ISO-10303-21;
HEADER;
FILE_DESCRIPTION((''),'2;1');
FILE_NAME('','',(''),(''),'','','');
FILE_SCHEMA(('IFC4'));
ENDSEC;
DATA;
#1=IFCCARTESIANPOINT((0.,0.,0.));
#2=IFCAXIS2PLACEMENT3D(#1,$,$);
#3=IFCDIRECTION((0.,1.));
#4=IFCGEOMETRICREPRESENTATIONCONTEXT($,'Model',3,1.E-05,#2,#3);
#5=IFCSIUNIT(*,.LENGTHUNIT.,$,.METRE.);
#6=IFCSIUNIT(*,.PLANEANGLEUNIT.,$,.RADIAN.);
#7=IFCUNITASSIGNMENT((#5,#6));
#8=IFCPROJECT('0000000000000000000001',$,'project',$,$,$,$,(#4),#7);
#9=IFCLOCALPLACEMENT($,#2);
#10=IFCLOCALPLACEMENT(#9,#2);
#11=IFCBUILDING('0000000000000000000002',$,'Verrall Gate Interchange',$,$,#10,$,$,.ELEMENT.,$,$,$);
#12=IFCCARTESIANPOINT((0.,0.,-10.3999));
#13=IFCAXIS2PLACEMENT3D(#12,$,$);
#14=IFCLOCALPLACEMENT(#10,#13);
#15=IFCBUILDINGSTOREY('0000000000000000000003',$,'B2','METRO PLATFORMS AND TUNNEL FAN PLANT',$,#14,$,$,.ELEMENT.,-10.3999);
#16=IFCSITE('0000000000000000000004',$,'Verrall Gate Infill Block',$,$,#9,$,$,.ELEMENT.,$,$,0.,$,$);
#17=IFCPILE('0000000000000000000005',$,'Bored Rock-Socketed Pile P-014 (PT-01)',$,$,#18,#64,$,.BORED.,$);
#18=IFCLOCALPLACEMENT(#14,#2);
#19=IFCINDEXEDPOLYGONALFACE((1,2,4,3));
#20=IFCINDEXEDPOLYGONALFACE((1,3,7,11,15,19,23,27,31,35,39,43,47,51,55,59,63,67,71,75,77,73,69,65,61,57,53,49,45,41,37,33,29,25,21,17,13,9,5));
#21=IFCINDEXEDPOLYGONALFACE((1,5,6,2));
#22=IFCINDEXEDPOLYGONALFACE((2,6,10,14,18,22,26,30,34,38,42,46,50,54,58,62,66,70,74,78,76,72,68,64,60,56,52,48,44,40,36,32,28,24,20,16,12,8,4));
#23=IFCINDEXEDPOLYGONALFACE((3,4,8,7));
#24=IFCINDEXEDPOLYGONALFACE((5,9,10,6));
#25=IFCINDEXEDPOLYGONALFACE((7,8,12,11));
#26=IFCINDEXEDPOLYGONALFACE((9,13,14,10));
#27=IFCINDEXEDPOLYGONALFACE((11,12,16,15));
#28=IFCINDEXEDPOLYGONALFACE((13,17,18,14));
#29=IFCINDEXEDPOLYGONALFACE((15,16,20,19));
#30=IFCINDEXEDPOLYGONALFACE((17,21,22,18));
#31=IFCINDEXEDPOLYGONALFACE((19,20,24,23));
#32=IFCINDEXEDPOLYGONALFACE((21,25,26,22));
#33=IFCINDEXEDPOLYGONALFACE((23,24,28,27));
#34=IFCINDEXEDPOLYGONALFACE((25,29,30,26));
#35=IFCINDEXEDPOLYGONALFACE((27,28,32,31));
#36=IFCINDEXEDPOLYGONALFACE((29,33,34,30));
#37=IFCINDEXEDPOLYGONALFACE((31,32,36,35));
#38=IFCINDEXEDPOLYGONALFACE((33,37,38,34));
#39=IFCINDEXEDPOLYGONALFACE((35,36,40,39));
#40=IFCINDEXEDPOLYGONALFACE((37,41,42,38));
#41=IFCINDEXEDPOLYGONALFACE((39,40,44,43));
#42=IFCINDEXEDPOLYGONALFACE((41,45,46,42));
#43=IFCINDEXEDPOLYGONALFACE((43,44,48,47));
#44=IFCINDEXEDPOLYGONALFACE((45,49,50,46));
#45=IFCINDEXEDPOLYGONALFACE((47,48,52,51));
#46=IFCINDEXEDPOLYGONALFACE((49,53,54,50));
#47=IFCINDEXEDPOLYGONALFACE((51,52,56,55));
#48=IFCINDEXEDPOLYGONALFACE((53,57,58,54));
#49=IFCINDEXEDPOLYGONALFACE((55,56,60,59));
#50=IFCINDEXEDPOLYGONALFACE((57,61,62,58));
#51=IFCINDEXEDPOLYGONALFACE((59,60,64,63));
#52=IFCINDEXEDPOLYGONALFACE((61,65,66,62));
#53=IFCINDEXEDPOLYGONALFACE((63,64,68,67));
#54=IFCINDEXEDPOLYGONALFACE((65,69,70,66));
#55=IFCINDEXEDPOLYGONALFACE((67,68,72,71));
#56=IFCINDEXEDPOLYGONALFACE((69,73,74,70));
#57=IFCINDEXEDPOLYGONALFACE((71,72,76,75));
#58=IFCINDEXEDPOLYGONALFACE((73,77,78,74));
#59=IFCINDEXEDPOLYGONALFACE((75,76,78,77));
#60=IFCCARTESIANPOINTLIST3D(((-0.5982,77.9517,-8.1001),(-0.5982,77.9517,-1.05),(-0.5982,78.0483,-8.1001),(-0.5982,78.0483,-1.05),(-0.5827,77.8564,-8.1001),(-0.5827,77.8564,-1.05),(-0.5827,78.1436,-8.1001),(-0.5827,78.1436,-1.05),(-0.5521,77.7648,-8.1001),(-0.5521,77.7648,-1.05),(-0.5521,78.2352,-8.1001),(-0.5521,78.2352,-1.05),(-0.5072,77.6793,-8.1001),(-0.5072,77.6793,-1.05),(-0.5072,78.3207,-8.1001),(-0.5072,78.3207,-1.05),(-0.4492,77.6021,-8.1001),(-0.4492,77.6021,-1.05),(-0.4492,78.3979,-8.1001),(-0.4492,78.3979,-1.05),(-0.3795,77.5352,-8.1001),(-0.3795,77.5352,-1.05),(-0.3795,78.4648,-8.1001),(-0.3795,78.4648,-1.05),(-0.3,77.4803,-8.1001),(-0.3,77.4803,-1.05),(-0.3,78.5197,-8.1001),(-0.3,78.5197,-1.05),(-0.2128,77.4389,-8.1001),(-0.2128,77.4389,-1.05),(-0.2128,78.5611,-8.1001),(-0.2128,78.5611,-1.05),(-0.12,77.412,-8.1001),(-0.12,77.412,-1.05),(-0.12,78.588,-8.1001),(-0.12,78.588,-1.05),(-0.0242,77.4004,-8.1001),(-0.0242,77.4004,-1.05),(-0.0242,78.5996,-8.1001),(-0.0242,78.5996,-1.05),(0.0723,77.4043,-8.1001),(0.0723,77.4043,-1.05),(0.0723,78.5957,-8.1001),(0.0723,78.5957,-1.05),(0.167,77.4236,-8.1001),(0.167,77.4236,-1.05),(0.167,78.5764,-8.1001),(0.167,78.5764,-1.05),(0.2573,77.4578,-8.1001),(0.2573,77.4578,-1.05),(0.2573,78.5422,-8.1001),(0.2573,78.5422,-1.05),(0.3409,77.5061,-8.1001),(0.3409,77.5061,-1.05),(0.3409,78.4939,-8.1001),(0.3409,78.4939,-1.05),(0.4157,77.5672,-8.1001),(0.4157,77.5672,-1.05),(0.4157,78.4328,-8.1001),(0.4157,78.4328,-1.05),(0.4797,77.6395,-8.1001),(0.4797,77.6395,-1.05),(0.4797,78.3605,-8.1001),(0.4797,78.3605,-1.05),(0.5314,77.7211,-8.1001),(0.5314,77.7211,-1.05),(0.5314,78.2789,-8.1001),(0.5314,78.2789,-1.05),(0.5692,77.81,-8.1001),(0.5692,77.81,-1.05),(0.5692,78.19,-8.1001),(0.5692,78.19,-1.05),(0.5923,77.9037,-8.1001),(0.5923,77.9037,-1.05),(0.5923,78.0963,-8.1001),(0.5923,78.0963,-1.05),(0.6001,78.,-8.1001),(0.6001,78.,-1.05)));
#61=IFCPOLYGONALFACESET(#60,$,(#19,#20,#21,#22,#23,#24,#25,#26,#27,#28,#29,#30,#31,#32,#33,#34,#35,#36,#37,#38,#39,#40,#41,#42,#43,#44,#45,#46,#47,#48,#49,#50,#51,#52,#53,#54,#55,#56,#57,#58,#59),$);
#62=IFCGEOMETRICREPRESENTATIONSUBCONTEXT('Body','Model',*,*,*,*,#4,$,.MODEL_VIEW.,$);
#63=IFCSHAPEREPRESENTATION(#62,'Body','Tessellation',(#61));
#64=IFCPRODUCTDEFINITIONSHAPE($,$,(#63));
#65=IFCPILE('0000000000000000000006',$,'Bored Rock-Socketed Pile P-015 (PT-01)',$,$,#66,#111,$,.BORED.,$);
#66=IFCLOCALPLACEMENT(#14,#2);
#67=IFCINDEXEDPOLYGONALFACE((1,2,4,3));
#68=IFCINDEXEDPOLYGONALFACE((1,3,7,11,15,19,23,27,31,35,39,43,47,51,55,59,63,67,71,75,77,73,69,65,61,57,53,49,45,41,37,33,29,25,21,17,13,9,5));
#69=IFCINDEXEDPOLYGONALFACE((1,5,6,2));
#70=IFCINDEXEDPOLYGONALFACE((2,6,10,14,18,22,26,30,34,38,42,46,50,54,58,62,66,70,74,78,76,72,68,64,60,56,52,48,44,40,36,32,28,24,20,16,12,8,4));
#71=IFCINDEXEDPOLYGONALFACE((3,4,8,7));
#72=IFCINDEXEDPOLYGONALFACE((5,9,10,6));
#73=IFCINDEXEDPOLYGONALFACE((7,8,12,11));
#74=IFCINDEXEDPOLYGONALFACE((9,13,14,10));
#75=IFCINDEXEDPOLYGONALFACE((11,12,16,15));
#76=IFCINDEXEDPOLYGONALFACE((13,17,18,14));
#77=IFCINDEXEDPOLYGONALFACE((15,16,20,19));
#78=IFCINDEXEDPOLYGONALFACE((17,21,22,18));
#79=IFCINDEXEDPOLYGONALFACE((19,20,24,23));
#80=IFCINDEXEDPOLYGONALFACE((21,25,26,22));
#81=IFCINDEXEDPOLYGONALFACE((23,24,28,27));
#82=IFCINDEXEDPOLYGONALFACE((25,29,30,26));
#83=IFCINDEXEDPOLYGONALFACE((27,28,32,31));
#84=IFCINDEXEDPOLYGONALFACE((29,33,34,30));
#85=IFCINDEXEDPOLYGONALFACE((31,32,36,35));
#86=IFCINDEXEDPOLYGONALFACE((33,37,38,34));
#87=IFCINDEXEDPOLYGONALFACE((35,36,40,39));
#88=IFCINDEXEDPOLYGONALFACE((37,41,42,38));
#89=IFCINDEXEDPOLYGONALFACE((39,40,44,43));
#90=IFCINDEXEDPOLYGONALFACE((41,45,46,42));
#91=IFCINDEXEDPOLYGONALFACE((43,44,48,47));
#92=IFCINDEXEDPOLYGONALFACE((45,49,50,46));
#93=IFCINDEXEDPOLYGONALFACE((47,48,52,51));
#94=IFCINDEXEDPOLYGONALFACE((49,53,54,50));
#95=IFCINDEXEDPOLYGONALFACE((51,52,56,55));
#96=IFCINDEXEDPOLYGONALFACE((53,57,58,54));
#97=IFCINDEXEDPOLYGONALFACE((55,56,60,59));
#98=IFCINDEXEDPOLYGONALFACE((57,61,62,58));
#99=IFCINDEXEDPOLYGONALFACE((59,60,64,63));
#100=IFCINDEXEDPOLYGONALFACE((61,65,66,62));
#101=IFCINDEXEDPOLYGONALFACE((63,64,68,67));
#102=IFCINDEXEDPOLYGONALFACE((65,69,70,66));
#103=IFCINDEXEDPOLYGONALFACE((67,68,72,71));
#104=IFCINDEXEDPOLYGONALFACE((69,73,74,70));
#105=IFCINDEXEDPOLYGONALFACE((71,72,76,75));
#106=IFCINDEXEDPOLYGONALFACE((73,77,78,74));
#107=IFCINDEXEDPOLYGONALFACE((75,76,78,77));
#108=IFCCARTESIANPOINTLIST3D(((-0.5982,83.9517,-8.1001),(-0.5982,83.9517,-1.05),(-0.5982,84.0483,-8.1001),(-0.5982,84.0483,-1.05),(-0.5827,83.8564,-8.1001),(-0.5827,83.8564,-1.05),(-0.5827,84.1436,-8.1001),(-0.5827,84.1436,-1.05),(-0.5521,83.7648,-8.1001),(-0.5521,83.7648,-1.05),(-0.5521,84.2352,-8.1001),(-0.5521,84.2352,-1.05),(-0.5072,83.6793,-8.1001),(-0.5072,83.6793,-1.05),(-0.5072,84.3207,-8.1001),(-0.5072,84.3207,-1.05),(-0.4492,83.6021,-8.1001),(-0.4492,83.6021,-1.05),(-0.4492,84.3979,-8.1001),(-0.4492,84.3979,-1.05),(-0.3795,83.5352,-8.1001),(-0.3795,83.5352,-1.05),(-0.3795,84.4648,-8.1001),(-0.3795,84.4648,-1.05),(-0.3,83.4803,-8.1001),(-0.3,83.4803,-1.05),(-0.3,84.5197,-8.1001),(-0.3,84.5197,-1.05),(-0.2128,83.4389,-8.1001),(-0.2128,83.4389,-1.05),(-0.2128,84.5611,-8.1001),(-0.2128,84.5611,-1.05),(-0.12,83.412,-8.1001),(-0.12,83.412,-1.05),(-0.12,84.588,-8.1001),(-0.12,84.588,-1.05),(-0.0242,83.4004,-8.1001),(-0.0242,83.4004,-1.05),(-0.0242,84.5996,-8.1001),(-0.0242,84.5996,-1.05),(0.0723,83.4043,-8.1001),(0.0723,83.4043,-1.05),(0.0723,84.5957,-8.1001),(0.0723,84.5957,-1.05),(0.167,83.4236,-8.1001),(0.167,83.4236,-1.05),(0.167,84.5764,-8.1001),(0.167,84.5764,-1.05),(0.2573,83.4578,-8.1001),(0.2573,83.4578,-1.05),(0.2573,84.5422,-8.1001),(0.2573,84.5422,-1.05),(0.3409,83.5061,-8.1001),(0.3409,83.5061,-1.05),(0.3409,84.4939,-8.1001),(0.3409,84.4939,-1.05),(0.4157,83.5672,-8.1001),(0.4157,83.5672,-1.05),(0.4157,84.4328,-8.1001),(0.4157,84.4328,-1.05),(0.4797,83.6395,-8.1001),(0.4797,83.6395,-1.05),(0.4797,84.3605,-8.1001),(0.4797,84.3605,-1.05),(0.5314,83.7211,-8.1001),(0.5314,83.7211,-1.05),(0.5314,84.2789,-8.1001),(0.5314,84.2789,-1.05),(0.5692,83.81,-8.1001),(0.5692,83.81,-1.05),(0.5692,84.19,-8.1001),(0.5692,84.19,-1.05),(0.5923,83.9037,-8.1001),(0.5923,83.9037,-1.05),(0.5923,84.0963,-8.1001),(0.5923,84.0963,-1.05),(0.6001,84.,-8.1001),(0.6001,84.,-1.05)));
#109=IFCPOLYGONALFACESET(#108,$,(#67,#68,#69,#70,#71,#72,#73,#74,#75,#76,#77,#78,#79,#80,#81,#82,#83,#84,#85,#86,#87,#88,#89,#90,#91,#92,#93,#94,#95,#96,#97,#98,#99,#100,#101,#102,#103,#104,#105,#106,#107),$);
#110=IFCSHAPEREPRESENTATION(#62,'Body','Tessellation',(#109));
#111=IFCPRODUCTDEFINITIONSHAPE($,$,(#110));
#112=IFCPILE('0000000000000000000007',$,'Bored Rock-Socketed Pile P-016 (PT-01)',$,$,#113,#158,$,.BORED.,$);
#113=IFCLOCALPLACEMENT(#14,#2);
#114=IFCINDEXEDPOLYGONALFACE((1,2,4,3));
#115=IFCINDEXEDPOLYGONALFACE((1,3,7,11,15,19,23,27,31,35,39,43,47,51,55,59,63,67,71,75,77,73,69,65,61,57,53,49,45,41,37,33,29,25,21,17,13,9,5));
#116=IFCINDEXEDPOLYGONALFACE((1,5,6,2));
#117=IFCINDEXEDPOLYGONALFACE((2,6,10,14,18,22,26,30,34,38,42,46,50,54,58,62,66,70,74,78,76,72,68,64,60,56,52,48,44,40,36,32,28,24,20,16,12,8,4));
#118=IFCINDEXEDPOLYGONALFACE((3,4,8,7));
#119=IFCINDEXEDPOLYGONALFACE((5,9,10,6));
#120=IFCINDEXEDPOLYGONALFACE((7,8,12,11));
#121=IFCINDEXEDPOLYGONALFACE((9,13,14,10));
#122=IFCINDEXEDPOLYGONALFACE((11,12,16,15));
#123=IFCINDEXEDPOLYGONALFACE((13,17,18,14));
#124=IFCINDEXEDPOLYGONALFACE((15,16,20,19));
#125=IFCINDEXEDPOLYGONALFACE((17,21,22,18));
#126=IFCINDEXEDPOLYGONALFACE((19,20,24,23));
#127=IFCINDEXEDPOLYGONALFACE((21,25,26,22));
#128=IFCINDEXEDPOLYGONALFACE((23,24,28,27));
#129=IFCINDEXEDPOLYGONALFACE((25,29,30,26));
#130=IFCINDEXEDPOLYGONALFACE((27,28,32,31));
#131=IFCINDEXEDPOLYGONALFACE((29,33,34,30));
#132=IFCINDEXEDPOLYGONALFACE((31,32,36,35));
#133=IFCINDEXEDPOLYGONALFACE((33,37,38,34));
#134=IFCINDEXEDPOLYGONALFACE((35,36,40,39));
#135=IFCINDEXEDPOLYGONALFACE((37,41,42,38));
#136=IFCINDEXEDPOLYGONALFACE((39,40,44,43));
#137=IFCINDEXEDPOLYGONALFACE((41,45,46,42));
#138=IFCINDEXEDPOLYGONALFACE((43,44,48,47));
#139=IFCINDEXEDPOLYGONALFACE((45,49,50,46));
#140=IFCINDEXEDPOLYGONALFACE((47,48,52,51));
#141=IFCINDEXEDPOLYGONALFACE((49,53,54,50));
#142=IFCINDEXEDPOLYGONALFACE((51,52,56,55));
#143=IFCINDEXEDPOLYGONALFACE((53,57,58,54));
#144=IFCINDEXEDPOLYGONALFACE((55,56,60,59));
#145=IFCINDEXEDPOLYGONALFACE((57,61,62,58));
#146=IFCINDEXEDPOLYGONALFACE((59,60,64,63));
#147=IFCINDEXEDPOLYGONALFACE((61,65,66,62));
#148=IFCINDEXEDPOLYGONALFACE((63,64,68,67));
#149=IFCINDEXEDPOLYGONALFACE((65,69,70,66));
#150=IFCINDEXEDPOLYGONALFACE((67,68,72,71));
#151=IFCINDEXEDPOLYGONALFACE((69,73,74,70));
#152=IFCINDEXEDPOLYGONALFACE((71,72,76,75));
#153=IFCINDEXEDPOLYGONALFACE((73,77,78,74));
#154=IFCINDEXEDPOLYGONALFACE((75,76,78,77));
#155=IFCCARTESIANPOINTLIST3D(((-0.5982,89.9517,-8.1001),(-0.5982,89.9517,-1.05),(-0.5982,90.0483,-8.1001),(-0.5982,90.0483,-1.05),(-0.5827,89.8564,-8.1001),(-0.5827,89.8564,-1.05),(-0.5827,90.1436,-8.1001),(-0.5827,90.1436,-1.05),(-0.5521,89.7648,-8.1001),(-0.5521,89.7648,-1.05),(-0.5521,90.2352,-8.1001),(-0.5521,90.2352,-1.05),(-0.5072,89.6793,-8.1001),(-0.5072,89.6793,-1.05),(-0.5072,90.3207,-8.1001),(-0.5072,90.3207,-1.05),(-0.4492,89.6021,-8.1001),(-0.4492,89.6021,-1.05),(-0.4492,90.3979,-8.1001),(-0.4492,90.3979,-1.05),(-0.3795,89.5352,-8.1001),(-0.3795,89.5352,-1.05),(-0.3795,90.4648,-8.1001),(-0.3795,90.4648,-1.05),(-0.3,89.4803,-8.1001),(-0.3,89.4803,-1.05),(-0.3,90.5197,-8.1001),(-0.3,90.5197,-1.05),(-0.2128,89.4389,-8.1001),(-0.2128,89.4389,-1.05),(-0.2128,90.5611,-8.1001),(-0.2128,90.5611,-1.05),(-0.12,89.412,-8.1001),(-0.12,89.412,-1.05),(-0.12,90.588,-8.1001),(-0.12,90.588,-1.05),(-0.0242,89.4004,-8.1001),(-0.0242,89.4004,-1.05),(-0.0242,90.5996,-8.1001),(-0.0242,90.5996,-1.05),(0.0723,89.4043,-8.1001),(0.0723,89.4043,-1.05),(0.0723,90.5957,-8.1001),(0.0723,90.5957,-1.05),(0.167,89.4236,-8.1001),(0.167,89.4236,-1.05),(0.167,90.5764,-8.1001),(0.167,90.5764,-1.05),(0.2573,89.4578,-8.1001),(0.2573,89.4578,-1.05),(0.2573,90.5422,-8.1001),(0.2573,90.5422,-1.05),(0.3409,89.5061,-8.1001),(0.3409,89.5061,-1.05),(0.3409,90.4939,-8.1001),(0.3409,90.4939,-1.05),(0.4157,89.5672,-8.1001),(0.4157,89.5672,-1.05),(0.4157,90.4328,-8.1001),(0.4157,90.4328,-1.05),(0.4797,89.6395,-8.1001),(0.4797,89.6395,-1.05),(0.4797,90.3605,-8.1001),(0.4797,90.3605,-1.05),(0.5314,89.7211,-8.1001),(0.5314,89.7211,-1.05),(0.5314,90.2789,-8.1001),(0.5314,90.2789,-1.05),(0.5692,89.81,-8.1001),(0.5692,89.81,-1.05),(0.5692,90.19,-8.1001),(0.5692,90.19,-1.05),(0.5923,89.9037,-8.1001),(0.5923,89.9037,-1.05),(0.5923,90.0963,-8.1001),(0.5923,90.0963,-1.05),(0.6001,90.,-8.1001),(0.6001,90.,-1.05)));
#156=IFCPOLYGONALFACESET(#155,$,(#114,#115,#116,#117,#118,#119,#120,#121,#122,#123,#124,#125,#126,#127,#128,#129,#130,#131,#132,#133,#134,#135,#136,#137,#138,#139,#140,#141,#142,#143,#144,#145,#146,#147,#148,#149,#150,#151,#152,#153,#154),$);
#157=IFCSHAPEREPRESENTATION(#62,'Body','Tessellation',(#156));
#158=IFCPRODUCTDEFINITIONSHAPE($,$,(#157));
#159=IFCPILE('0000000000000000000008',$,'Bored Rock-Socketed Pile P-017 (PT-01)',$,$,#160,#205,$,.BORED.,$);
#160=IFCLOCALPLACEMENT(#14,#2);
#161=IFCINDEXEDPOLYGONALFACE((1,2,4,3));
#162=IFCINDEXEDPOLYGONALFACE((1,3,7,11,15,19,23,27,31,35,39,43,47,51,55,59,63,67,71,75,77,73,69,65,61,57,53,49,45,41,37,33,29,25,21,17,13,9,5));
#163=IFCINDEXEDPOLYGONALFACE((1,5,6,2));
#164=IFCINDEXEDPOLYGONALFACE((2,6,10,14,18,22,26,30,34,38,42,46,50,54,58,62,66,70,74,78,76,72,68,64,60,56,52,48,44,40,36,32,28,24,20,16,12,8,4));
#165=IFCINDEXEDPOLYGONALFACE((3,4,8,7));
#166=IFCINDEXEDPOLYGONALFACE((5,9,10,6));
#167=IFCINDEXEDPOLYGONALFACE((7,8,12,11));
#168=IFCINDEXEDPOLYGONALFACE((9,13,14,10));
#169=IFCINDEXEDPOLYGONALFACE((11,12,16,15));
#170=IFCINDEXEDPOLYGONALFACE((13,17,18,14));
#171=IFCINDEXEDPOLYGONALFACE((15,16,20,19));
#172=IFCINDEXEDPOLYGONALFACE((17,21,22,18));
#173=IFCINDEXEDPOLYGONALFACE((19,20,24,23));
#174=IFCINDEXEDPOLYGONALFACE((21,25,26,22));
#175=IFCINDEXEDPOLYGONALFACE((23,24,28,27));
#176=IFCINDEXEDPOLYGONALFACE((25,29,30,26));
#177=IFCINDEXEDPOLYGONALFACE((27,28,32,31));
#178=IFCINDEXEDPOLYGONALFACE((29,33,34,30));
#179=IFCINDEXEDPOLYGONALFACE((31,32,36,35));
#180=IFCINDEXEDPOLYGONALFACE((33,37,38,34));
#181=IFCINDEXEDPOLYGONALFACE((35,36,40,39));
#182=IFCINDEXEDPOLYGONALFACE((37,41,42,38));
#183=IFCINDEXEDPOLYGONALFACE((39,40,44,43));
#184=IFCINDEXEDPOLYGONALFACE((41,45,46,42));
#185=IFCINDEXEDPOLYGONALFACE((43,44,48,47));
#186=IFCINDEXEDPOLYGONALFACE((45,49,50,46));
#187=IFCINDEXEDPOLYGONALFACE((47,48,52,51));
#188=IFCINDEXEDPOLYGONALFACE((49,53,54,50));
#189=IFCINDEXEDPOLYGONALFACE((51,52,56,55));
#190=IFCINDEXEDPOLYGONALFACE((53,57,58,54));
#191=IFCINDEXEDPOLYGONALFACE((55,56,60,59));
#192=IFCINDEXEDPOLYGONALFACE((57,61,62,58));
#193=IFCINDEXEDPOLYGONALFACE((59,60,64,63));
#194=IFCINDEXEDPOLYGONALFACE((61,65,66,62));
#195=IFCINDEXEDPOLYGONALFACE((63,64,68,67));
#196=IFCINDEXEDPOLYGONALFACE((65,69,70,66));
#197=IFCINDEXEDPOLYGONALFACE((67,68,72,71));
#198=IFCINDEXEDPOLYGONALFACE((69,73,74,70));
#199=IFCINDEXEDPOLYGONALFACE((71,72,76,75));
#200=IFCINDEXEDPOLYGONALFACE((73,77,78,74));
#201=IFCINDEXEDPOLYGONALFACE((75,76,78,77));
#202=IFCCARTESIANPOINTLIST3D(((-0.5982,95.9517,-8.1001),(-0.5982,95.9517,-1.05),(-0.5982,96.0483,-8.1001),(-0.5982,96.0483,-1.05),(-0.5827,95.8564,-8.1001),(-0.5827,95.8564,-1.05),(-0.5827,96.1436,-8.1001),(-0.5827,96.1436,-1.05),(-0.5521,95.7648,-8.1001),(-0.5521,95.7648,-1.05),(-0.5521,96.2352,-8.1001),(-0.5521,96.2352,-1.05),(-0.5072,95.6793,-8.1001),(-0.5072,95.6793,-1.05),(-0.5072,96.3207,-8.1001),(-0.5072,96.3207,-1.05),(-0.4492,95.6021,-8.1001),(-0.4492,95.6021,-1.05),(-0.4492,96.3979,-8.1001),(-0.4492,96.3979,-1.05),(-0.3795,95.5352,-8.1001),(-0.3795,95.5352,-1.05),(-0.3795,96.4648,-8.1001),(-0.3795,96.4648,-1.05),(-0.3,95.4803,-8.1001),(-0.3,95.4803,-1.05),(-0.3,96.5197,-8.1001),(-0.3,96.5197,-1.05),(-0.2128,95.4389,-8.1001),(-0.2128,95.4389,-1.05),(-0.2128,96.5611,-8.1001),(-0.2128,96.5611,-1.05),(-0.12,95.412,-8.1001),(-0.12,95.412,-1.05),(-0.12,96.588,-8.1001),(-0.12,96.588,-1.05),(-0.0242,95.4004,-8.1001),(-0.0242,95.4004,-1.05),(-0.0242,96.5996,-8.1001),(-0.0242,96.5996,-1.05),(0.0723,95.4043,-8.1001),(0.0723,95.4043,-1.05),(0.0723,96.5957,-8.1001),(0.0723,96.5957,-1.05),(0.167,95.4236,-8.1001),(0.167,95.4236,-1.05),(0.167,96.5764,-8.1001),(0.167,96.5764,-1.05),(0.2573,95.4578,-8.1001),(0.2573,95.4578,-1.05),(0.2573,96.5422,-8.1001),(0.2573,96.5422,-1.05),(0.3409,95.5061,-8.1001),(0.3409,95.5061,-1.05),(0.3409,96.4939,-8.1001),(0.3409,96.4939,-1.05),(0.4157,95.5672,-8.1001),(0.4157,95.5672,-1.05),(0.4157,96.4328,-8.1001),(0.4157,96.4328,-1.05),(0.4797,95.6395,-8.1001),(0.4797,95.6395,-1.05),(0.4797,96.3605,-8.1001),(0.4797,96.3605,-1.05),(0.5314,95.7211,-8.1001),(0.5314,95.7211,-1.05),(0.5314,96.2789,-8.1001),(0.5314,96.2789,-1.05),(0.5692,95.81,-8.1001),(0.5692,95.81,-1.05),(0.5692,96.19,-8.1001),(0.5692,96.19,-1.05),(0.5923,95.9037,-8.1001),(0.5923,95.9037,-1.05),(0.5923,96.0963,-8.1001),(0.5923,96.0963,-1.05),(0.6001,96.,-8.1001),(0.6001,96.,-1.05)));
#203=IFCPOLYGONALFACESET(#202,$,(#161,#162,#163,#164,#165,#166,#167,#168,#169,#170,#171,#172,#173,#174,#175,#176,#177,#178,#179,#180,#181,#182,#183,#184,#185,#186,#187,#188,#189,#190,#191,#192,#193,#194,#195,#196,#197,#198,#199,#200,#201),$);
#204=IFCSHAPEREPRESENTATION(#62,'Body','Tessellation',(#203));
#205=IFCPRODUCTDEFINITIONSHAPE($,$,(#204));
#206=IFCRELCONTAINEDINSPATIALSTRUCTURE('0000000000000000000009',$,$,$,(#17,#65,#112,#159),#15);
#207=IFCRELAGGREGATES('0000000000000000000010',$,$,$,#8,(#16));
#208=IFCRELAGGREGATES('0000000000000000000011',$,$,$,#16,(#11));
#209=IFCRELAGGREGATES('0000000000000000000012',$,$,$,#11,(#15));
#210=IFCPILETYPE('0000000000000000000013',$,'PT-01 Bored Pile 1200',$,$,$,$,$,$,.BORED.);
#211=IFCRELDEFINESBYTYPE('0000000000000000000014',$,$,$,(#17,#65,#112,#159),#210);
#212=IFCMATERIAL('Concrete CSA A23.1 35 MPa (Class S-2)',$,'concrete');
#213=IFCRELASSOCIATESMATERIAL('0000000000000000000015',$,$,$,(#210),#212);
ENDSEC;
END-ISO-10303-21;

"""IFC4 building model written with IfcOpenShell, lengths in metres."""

from ifc_helpers import new_model, si_unit, direction, frame, origin, origin_2d, place, context, subcontext, project, spatial, circle, extrude, material, material_profile, profile_set, type_object, element, save


model = new_model("IFC4")

# Units and contexts
model_context = context("Model", 3, precision=1e-05, world=origin(), true_north=direction((0.0, 1.0)))
body_context = subcontext(model_context, "Body", "Model", "MODEL_VIEW")
ifc_project = project(units=[si_unit("LENGTHUNIT", "METRE"), si_unit("PLANEANGLEUNIT", "RADIAN")], contexts=[model_context])

# Site, building, storey
site_placement = place(None, origin())
site = spatial("IfcSite", under=ifc_project, at=site_placement, Name="Verrall Gate Infill Block", CompositionType="ELEMENT", RefElevation=0.0)
building_placement = place(site_placement, origin())
building = spatial("IfcBuilding", under=site, at=building_placement, Name="Verrall Gate Interchange", CompositionType="ELEMENT")
storey_placement = place(building_placement, frame((0.0, 0.0, -10.3999)))
storey = spatial("IfcBuildingStorey", under=building, at=storey_placement, Name="B2", Description="METRO PLATFORMS AND TUNNEL FAN PLANT", CompositionType="ELEMENT", Elevation=-10.3999)

# Piles
ifc_material_1 = material(Name="Concrete CSA A23.1 35 MPa (Class S-2)", Category="concrete")
ifc_material_profile_1 = material_profile(ifc_material_1, circle(Radius=0.6001, at=origin_2d()), Name="PILE1200D")
ifc_profile_set_1 = profile_set([ifc_material_profile_1], Name="Concrete CSA A23.1 35 MPa (Class S-2)")
pile_type = type_object("IfcPileType", Name="PT-01 Bored Pile 1200", PredefinedType="BORED", material=ifc_profile_set_1)
for number, where, z_axis, x_axis, name in (
    (1, (0.0, 78.0, -1.05), (0.0, 0.0, -1.0), (1.0, 0.0, 0.0), "Bored Rock-Socketed Pile P-014 (PT-01)"),
    (2, (0.0, 84.0, -1.05), (0.0, 0.0, -1.0), (1.0, 0.0, 0.0), "Bored Rock-Socketed Pile P-015 (PT-01)"),
    (3, (0.0, 90.0, -1.05), (0.0, 0.0, -1.0), (1.0, 0.0, 0.0), "Bored Rock-Socketed Pile P-016 (PT-01)"),
    (4, (0.0, 96.0, -1.05), (0.0, 0.0, -1.0), (1.0, 0.0, 0.0), "Bored Rock-Socketed Pile P-017 (PT-01)"),
):
    element("IfcPile", number, at=place(storey_placement, frame(where, z_axis=z_axis, x_axis=x_axis)), inside=storey, type_object=pile_type, Name=name, PredefinedType="BORED", context=body_context, shape_type="SweptSolid", body=[
        extrude(circle(Radius=0.6001, at=origin_2d()), origin(), (0.0, 0.0, 1.0), 7.05),
    ])

save(model, "model.ifc")
